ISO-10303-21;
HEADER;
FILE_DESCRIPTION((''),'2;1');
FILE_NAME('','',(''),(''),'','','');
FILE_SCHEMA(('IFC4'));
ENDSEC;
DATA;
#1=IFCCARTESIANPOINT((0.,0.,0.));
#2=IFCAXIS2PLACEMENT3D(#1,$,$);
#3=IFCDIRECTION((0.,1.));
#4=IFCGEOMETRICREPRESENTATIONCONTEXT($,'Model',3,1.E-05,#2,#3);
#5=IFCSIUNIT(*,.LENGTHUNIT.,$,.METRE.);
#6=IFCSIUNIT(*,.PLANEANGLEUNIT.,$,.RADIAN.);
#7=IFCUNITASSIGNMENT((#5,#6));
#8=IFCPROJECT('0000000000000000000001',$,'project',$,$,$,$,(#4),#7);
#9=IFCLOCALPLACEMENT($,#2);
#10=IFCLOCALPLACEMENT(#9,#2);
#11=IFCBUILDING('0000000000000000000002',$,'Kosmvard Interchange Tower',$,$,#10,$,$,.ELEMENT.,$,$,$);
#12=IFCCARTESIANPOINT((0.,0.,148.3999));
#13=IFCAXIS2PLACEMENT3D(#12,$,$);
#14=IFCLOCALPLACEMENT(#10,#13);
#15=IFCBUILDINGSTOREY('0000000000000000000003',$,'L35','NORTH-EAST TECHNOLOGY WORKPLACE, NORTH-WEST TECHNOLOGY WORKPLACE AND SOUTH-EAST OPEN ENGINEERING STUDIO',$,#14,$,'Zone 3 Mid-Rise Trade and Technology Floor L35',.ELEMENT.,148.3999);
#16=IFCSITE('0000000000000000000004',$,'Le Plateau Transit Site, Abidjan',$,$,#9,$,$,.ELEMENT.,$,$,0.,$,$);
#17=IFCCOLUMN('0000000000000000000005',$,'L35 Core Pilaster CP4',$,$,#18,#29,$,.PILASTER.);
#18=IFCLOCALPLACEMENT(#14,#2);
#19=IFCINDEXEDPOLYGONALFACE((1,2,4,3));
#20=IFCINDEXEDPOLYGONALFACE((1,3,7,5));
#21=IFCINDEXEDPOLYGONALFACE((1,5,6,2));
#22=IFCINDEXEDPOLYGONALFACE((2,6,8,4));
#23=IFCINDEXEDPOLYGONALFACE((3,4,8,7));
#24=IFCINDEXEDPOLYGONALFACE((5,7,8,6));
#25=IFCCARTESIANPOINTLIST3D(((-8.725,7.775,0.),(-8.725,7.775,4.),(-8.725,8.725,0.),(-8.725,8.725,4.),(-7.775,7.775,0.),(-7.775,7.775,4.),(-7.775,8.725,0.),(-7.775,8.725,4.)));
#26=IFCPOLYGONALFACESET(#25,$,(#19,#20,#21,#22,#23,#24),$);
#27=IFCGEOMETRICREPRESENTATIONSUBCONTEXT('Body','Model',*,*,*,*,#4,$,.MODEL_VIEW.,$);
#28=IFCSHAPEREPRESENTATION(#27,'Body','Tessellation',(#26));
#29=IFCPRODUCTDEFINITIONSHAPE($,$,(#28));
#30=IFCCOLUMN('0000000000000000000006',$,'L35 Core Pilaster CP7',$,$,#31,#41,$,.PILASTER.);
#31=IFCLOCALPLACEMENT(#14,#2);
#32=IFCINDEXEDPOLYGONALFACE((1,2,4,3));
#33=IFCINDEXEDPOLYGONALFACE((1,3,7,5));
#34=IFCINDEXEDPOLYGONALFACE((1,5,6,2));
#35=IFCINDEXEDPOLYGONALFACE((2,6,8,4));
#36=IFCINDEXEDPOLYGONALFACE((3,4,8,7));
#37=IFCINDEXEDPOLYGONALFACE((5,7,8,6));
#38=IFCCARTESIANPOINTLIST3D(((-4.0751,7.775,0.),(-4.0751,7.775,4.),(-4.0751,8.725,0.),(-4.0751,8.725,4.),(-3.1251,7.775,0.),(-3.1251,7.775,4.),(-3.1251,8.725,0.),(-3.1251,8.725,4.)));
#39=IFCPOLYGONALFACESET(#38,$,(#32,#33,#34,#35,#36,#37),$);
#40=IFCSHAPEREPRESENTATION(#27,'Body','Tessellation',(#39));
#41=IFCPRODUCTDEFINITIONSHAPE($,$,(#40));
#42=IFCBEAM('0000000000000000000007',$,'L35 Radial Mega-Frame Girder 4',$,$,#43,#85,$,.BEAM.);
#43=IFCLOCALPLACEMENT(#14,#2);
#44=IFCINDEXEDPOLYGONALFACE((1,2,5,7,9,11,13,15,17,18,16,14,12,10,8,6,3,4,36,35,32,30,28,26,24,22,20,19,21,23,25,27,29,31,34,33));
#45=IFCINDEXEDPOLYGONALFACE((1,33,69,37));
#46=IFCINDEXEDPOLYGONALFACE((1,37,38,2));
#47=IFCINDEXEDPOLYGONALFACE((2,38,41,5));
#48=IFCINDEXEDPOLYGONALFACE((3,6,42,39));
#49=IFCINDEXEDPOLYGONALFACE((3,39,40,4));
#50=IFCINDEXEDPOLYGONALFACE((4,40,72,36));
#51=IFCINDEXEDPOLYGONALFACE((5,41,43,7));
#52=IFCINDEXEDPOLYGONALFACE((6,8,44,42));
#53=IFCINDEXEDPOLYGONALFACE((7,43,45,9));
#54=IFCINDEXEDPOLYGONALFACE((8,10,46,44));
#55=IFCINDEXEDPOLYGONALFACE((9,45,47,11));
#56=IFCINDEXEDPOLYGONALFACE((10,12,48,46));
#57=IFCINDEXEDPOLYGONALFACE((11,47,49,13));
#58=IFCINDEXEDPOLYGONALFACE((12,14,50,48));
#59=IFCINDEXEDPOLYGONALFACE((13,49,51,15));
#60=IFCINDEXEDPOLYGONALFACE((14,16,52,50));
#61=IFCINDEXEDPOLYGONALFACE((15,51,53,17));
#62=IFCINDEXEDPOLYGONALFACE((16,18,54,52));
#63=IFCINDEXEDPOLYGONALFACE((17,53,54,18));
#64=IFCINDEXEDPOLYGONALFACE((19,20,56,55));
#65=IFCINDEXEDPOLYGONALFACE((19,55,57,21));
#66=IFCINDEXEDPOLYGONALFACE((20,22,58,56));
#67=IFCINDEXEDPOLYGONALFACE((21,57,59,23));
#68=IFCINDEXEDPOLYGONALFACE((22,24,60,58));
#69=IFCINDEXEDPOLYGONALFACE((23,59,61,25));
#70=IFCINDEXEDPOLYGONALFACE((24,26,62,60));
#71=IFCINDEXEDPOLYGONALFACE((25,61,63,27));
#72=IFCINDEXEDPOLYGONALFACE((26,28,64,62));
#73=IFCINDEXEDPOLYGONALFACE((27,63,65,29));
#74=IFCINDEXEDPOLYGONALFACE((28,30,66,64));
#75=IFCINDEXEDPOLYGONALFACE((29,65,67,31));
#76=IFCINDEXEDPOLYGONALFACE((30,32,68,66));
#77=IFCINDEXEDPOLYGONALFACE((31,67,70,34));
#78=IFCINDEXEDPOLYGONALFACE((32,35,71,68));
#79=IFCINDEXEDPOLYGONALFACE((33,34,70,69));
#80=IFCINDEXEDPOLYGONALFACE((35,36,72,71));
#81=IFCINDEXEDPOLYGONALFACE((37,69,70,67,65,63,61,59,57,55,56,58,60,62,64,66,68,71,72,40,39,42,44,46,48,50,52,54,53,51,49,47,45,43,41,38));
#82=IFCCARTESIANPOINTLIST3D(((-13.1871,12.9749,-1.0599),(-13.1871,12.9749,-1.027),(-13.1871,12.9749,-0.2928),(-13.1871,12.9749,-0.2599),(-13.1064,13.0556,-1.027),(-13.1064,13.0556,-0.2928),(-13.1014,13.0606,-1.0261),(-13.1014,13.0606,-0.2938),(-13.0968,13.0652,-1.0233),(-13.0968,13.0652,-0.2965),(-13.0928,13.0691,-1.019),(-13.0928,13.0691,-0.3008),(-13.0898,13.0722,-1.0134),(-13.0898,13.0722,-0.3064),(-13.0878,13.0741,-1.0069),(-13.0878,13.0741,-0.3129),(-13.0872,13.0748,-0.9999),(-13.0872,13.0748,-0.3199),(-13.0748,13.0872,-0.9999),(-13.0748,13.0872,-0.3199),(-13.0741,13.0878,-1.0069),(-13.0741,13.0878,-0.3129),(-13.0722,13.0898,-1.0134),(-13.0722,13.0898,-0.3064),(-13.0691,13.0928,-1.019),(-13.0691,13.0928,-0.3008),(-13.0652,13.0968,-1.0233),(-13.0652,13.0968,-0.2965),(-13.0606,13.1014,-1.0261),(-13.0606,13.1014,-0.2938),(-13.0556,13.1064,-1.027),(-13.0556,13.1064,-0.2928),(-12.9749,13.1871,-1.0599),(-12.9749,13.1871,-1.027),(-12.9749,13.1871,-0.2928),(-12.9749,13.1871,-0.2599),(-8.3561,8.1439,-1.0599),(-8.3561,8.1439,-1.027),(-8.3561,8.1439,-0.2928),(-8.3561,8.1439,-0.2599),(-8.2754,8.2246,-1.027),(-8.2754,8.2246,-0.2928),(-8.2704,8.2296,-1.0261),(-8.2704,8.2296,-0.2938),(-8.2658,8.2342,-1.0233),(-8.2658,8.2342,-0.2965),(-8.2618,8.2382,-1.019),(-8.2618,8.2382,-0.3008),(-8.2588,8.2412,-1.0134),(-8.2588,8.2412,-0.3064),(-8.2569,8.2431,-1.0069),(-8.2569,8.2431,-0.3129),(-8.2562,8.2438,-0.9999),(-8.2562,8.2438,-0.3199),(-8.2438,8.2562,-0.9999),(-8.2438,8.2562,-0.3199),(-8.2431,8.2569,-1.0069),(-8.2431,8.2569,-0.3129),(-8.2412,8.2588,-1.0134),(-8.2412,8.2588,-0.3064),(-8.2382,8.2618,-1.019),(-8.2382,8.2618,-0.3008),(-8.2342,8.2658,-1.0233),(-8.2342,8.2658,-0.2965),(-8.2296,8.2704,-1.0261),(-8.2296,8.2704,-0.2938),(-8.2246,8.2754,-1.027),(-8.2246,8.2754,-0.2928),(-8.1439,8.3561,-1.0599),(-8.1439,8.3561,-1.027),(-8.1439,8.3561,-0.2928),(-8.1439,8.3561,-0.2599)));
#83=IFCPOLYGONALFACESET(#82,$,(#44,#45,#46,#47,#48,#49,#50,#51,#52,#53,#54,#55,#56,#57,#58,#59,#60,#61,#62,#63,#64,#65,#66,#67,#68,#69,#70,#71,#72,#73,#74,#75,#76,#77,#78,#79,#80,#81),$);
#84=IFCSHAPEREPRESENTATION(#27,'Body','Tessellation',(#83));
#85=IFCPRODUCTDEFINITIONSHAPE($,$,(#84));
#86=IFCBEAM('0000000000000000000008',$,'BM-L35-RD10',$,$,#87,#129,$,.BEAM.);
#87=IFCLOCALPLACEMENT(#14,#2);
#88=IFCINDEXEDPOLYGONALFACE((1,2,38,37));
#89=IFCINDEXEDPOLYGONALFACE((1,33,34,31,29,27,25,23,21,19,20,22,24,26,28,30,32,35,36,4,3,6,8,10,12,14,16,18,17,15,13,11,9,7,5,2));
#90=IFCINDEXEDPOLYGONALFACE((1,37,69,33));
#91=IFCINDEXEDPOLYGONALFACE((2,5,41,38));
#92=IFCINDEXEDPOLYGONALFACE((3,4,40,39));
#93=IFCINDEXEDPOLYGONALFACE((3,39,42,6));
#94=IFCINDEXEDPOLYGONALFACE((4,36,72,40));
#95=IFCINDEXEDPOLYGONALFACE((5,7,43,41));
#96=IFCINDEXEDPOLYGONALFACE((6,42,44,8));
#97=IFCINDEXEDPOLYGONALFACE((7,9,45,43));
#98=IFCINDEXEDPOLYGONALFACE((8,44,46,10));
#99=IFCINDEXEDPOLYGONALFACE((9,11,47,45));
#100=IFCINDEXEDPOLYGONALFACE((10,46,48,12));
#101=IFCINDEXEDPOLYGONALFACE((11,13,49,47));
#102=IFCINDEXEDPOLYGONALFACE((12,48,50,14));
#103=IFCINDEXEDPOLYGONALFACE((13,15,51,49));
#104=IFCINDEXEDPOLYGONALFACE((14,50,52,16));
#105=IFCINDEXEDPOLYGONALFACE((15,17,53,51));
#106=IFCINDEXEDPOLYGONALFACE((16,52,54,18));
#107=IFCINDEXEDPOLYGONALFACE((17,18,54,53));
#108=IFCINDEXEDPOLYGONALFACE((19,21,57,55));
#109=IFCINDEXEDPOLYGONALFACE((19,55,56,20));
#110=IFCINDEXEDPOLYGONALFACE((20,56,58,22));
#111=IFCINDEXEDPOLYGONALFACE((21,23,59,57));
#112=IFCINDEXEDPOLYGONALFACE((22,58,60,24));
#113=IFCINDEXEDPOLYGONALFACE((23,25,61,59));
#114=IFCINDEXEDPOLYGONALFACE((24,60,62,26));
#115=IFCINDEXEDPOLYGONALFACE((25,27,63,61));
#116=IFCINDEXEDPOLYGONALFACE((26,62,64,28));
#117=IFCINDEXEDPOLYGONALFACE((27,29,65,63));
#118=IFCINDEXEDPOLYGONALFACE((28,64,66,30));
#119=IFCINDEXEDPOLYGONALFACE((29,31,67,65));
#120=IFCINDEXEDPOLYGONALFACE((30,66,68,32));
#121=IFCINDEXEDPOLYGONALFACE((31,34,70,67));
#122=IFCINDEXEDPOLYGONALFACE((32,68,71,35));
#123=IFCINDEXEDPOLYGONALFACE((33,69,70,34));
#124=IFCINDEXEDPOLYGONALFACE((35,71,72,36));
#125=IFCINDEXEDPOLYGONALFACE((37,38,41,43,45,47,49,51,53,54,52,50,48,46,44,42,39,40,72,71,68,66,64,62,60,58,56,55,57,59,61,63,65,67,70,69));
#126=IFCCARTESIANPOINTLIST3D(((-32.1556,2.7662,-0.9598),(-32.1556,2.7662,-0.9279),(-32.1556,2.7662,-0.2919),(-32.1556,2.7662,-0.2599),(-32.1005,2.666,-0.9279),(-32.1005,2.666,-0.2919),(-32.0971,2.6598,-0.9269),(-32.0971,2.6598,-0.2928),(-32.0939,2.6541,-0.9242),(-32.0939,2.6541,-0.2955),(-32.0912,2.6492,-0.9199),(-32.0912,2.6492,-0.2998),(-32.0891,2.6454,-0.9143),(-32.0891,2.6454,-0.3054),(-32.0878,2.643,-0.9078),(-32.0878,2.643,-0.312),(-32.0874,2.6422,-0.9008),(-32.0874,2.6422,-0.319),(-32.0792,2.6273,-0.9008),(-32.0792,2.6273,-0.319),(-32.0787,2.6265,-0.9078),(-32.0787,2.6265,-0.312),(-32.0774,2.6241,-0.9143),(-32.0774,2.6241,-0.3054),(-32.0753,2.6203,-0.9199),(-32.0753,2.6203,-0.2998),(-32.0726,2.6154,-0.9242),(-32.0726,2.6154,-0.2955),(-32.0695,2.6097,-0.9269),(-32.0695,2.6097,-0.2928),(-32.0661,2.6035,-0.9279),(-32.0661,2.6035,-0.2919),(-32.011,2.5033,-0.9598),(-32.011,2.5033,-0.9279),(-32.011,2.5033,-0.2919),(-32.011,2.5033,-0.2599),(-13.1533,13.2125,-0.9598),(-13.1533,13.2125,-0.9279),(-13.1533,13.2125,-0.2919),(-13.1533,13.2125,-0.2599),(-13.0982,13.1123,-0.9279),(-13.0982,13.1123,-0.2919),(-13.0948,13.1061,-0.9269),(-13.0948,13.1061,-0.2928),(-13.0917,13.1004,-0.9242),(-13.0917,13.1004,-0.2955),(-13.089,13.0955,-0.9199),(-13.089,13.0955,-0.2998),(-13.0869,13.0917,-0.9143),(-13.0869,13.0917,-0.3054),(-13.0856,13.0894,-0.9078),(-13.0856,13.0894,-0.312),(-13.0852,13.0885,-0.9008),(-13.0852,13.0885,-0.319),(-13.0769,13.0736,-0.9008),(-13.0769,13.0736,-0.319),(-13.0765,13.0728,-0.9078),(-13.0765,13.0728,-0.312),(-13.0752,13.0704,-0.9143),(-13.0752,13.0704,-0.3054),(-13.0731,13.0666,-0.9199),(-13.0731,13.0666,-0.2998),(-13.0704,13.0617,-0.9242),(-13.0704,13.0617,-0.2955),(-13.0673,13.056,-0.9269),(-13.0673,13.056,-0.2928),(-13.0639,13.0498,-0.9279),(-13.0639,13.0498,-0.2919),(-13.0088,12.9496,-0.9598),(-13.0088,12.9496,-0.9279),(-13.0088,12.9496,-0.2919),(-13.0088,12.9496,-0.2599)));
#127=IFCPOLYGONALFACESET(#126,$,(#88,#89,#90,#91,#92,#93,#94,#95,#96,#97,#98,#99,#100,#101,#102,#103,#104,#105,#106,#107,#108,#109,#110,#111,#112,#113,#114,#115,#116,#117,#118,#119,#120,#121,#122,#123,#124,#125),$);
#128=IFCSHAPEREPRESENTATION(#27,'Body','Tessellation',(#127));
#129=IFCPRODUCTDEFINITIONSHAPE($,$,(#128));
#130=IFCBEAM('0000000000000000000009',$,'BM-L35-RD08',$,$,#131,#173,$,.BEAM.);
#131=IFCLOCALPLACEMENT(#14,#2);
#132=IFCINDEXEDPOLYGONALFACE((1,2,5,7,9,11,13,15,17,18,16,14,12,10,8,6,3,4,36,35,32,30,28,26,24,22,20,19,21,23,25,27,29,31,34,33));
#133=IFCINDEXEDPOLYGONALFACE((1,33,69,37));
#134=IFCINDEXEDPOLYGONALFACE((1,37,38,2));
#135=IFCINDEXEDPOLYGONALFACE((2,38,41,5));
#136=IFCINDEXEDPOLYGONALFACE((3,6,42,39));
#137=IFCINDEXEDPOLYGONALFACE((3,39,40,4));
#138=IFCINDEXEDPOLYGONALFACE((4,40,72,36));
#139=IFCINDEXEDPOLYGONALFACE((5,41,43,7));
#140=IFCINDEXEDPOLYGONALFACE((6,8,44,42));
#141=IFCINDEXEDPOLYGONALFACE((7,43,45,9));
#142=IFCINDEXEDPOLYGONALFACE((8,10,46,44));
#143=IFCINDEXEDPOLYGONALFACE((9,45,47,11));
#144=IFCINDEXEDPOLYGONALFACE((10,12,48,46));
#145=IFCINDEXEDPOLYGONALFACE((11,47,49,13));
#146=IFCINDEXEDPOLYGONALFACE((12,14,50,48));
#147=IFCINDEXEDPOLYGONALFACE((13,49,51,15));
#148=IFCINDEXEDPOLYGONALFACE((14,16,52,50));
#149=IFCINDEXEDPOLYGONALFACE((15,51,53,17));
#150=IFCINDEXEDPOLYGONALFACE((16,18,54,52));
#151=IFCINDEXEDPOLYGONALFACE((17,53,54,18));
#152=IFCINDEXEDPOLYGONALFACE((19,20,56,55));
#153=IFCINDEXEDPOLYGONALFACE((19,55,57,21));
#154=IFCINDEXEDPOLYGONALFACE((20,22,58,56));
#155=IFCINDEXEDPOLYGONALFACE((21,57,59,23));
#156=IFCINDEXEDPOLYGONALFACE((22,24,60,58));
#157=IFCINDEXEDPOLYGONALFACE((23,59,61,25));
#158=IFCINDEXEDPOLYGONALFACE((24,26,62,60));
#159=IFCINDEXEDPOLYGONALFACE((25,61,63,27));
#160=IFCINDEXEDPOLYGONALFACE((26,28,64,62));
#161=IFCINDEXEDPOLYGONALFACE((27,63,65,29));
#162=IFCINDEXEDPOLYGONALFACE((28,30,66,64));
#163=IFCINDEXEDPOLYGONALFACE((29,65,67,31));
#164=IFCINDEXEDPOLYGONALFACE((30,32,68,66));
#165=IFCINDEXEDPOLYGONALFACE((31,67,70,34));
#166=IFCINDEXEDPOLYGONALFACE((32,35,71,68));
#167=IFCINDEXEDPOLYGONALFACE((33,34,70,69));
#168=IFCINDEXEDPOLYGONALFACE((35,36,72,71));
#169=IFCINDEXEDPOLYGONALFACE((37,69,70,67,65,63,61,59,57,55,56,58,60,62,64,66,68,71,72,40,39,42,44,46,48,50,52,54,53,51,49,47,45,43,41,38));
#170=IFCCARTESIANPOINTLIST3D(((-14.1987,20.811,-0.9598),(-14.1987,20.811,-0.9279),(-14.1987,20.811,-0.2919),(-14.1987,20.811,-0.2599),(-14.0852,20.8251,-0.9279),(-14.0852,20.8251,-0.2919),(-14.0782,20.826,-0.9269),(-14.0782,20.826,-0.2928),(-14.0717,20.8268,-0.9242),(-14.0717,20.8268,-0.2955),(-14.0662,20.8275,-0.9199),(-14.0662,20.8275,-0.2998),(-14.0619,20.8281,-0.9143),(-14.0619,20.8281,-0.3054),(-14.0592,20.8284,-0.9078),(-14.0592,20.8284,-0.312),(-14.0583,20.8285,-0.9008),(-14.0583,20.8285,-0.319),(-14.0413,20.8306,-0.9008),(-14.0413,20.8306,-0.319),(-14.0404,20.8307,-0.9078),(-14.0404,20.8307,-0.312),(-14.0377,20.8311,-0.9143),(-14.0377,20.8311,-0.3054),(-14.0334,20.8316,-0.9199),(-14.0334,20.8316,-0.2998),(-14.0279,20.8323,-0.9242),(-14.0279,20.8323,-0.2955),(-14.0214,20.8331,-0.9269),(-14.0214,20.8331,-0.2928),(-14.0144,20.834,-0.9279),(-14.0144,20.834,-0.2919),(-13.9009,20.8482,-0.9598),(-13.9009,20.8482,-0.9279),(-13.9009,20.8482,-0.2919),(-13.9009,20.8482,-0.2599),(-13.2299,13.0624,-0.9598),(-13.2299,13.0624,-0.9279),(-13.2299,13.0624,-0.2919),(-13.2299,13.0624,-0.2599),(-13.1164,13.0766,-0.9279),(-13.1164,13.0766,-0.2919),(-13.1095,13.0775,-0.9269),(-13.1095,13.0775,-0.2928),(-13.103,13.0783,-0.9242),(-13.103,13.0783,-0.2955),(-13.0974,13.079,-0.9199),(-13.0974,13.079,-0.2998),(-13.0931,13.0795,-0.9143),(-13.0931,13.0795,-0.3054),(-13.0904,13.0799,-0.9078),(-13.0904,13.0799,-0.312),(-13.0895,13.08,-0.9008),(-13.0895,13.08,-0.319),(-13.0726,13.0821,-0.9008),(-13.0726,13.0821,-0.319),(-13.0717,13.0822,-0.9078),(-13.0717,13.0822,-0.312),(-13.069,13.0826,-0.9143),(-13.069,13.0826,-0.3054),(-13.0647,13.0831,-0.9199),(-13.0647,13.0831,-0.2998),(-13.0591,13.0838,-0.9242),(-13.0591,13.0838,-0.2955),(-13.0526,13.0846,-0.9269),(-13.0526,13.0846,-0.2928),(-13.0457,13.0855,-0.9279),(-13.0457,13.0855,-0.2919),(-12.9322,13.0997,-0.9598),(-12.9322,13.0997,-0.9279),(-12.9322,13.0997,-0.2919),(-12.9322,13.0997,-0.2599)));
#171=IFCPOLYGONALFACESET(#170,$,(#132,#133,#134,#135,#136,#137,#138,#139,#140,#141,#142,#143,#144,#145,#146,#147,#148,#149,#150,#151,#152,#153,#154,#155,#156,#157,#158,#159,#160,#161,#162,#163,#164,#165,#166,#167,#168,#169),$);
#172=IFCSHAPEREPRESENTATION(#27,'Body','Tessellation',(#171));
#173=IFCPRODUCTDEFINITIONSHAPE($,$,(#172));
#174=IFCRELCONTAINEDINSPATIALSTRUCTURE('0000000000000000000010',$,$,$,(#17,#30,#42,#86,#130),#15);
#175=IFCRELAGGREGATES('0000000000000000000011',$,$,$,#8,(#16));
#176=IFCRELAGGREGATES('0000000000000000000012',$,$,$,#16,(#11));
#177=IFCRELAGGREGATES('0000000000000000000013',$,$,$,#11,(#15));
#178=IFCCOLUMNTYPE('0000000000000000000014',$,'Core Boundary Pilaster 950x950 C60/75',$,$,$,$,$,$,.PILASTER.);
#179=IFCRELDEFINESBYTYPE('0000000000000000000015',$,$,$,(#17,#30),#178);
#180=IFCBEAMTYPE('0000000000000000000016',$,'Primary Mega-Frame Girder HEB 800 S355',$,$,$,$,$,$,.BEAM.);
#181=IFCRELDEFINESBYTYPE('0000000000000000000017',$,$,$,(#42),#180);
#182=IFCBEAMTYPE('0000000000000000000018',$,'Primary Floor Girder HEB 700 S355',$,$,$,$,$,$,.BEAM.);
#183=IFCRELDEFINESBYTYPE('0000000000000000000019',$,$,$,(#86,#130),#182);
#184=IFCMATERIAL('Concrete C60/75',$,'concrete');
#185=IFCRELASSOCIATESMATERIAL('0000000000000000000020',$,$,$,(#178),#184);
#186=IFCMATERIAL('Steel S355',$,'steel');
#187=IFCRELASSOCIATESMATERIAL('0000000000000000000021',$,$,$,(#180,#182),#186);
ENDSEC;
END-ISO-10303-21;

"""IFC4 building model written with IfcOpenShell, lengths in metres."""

from ifc_helpers import new_model, si_unit, direction, frame, origin, origin_2d, place, context, subcontext, project, spatial, rectangle, i_section, extrude, source, transform, mapped, material, material_profile, profile_set, type_object, element, save


model = new_model("IFC4")

# Units and contexts
model_context = context("Model", 3, precision=1e-05, world=origin(), true_north=direction((0.0, 1.0)))
body_context = subcontext(model_context, "Body", "Model", "MODEL_VIEW")
ifc_project = project(units=[si_unit("LENGTHUNIT", "METRE"), si_unit("PLANEANGLEUNIT", "RADIAN")], contexts=[model_context])

# Site, building, storey
site_placement = place(None, origin())
site = spatial("IfcSite", under=ifc_project, at=site_placement, Name="Le Plateau Transit Site, Abidjan", CompositionType="ELEMENT", RefElevation=0.0)
building_placement = place(site_placement, origin())
building = spatial("IfcBuilding", under=site, at=building_placement, Name="Kosmvard Interchange Tower", CompositionType="ELEMENT")
storey_placement = place(building_placement, frame((0.0, 0.0, 148.3999)))
storey = spatial("IfcBuildingStorey", under=building, at=storey_placement, Name="L35", Description="NORTH-EAST TECHNOLOGY WORKPLACE, NORTH-WEST TECHNOLOGY WORKPLACE AND SOUTH-EAST OPEN ENGINEERING STUDIO", LongName="Zone 3 Mid-Rise Trade and Technology Floor L35", CompositionType="ELEMENT", Elevation=148.3999)

# Columns
ifc_material_1 = material(Name="Concrete C60/75", Category="concrete")
ifc_material_profile_1 = material_profile(ifc_material_1, rectangle(XDim=0.95, YDim=0.95, at=origin_2d()), Name="CP 950x950")
ifc_profile_set_1 = profile_set([ifc_material_profile_1], Name="Concrete C60/75")
column_type = type_object("IfcColumnType", Name="Core Boundary Pilaster 950x950 C60/75", PredefinedType="PILASTER", material=ifc_profile_set_1)
shared_shape_1 = source(origin(), body_context, "Body", "SweptSolid", [
    extrude(rectangle(XDim=0.95, YDim=0.95, at=origin_2d()), origin(), (0.0, 0.0, 1.0), 4.0),
])
for number, where, z_axis, x_axis, name in (
    (1, (-8.25, 8.25, 0.0), (0.0, 0.0, 1.0), (1.0, 0.0, 0.0), "L35 Core Pilaster CP4"),
    (2, (-3.6001, 8.25, 0.0), (0.0, 0.0, 1.0), (1.0, 0.0, 0.0), "L35 Core Pilaster CP7"),
):
    element("IfcColumn", number, at=place(storey_placement, frame(where, z_axis=z_axis, x_axis=x_axis)), inside=storey, type_object=column_type, Name=name, PredefinedType="PILASTER", context=body_context, shape_type="MappedRepresentation", body=[
        mapped(shared_shape_1, transform((0.0, 0.0, 0.0), scale=1.0)),
    ])

# Beams
ifc_material_2 = material(Name="Steel S355", Category="steel")
ifc_material_profile_2 = material_profile(ifc_material_2, i_section(OverallWidth=0.3, OverallDepth=0.8, WebThickness=0.0176, FlangeThickness=0.033, FilletRadius=0.0271, at=origin_2d()), Name="HEB 800")
ifc_profile_set_2 = profile_set([ifc_material_profile_2], Name="Steel S355")
beam_type_1 = type_object("IfcBeamType", Name="Primary Mega-Frame Girder HEB 800 S355", PredefinedType="BEAM", material=ifc_profile_set_2)
shared_shape_2 = source(origin(), body_context, "Body", "SweptSolid", [
    extrude(i_section(OverallWidth=0.3, OverallDepth=0.8, WebThickness=0.0176, FlangeThickness=0.033, FilletRadius=0.0271, at=origin_2d()), origin(), (0.0, 0.0, 1.0), 6.832),
])
beam_1_placement = place(storey_placement, frame((-8.25, 8.25, -0.6599), z_axis=(-0.707107, 0.707107, 0.0), x_axis=(-0.707107, -0.707107, 0.0)))
element("IfcBeam", 3, at=beam_1_placement, inside=storey, type_object=beam_type_1, Name="L35 Radial Mega-Frame Girder 4", PredefinedType="BEAM", context=body_context, shape_type="MappedRepresentation", body=[
    mapped(shared_shape_2, transform((0.0, 0.0, 0.0), scale=1.0)),
])
ifc_material_profile_3 = material_profile(ifc_material_2, i_section(OverallWidth=0.3, OverallDepth=0.7, WebThickness=0.0171, FlangeThickness=0.032, FilletRadius=0.0271, at=origin_2d()), Name="HEB 700")
ifc_profile_set_3 = profile_set([ifc_material_profile_3], Name="Steel S355")
beam_type_2 = type_object("IfcBeamType", Name="Primary Floor Girder HEB 700 S355", PredefinedType="BEAM", material=ifc_profile_set_3)
shared_shape_3 = source(origin(), body_context, "Body", "SweptSolid", [
    extrude(i_section(OverallWidth=0.3, OverallDepth=0.7, WebThickness=0.0171, FlangeThickness=0.032, FilletRadius=0.0271, at=origin_2d()), origin(), (0.0, 0.0, 1.0), 21.6843),
])
beam_2_placement = place(storey_placement, frame((-13.0811, 13.0811, -0.6099), z_axis=(-0.876312, -0.481745, 0.0), x_axis=(0.481745, -0.876312, 0.0)))
element("IfcBeam", 4, at=beam_2_placement, inside=storey, type_object=beam_type_2, Name="BM-L35-RD10", PredefinedType="BEAM", context=body_context, shape_type="MappedRepresentation", body=[
    mapped(shared_shape_3, transform((0.0, 0.0, 0.0), scale=1.0)),
])
shared_shape_4 = source(origin(), body_context, "Body", "SweptSolid", [
    extrude(i_section(OverallWidth=0.3, OverallDepth=0.7, WebThickness=0.0171, FlangeThickness=0.032, FilletRadius=0.0271, at=origin_2d()), origin(), (0.0, 0.0, 1.0), 7.8088),
])
beam_3_placement = place(storey_placement, frame((-13.0811, 13.0811, -0.6099), z_axis=(-0.124058, 0.992275, 0.0), x_axis=(-0.992275, -0.124058, 0.0)))
element("IfcBeam", 5, at=beam_3_placement, inside=storey, type_object=beam_type_2, Name="BM-L35-RD08", PredefinedType="BEAM", context=body_context, shape_type="MappedRepresentation", body=[
    mapped(shared_shape_4, transform((0.0, 0.0, 0.0), scale=1.0)),
])

save(model, "model.ifc")
